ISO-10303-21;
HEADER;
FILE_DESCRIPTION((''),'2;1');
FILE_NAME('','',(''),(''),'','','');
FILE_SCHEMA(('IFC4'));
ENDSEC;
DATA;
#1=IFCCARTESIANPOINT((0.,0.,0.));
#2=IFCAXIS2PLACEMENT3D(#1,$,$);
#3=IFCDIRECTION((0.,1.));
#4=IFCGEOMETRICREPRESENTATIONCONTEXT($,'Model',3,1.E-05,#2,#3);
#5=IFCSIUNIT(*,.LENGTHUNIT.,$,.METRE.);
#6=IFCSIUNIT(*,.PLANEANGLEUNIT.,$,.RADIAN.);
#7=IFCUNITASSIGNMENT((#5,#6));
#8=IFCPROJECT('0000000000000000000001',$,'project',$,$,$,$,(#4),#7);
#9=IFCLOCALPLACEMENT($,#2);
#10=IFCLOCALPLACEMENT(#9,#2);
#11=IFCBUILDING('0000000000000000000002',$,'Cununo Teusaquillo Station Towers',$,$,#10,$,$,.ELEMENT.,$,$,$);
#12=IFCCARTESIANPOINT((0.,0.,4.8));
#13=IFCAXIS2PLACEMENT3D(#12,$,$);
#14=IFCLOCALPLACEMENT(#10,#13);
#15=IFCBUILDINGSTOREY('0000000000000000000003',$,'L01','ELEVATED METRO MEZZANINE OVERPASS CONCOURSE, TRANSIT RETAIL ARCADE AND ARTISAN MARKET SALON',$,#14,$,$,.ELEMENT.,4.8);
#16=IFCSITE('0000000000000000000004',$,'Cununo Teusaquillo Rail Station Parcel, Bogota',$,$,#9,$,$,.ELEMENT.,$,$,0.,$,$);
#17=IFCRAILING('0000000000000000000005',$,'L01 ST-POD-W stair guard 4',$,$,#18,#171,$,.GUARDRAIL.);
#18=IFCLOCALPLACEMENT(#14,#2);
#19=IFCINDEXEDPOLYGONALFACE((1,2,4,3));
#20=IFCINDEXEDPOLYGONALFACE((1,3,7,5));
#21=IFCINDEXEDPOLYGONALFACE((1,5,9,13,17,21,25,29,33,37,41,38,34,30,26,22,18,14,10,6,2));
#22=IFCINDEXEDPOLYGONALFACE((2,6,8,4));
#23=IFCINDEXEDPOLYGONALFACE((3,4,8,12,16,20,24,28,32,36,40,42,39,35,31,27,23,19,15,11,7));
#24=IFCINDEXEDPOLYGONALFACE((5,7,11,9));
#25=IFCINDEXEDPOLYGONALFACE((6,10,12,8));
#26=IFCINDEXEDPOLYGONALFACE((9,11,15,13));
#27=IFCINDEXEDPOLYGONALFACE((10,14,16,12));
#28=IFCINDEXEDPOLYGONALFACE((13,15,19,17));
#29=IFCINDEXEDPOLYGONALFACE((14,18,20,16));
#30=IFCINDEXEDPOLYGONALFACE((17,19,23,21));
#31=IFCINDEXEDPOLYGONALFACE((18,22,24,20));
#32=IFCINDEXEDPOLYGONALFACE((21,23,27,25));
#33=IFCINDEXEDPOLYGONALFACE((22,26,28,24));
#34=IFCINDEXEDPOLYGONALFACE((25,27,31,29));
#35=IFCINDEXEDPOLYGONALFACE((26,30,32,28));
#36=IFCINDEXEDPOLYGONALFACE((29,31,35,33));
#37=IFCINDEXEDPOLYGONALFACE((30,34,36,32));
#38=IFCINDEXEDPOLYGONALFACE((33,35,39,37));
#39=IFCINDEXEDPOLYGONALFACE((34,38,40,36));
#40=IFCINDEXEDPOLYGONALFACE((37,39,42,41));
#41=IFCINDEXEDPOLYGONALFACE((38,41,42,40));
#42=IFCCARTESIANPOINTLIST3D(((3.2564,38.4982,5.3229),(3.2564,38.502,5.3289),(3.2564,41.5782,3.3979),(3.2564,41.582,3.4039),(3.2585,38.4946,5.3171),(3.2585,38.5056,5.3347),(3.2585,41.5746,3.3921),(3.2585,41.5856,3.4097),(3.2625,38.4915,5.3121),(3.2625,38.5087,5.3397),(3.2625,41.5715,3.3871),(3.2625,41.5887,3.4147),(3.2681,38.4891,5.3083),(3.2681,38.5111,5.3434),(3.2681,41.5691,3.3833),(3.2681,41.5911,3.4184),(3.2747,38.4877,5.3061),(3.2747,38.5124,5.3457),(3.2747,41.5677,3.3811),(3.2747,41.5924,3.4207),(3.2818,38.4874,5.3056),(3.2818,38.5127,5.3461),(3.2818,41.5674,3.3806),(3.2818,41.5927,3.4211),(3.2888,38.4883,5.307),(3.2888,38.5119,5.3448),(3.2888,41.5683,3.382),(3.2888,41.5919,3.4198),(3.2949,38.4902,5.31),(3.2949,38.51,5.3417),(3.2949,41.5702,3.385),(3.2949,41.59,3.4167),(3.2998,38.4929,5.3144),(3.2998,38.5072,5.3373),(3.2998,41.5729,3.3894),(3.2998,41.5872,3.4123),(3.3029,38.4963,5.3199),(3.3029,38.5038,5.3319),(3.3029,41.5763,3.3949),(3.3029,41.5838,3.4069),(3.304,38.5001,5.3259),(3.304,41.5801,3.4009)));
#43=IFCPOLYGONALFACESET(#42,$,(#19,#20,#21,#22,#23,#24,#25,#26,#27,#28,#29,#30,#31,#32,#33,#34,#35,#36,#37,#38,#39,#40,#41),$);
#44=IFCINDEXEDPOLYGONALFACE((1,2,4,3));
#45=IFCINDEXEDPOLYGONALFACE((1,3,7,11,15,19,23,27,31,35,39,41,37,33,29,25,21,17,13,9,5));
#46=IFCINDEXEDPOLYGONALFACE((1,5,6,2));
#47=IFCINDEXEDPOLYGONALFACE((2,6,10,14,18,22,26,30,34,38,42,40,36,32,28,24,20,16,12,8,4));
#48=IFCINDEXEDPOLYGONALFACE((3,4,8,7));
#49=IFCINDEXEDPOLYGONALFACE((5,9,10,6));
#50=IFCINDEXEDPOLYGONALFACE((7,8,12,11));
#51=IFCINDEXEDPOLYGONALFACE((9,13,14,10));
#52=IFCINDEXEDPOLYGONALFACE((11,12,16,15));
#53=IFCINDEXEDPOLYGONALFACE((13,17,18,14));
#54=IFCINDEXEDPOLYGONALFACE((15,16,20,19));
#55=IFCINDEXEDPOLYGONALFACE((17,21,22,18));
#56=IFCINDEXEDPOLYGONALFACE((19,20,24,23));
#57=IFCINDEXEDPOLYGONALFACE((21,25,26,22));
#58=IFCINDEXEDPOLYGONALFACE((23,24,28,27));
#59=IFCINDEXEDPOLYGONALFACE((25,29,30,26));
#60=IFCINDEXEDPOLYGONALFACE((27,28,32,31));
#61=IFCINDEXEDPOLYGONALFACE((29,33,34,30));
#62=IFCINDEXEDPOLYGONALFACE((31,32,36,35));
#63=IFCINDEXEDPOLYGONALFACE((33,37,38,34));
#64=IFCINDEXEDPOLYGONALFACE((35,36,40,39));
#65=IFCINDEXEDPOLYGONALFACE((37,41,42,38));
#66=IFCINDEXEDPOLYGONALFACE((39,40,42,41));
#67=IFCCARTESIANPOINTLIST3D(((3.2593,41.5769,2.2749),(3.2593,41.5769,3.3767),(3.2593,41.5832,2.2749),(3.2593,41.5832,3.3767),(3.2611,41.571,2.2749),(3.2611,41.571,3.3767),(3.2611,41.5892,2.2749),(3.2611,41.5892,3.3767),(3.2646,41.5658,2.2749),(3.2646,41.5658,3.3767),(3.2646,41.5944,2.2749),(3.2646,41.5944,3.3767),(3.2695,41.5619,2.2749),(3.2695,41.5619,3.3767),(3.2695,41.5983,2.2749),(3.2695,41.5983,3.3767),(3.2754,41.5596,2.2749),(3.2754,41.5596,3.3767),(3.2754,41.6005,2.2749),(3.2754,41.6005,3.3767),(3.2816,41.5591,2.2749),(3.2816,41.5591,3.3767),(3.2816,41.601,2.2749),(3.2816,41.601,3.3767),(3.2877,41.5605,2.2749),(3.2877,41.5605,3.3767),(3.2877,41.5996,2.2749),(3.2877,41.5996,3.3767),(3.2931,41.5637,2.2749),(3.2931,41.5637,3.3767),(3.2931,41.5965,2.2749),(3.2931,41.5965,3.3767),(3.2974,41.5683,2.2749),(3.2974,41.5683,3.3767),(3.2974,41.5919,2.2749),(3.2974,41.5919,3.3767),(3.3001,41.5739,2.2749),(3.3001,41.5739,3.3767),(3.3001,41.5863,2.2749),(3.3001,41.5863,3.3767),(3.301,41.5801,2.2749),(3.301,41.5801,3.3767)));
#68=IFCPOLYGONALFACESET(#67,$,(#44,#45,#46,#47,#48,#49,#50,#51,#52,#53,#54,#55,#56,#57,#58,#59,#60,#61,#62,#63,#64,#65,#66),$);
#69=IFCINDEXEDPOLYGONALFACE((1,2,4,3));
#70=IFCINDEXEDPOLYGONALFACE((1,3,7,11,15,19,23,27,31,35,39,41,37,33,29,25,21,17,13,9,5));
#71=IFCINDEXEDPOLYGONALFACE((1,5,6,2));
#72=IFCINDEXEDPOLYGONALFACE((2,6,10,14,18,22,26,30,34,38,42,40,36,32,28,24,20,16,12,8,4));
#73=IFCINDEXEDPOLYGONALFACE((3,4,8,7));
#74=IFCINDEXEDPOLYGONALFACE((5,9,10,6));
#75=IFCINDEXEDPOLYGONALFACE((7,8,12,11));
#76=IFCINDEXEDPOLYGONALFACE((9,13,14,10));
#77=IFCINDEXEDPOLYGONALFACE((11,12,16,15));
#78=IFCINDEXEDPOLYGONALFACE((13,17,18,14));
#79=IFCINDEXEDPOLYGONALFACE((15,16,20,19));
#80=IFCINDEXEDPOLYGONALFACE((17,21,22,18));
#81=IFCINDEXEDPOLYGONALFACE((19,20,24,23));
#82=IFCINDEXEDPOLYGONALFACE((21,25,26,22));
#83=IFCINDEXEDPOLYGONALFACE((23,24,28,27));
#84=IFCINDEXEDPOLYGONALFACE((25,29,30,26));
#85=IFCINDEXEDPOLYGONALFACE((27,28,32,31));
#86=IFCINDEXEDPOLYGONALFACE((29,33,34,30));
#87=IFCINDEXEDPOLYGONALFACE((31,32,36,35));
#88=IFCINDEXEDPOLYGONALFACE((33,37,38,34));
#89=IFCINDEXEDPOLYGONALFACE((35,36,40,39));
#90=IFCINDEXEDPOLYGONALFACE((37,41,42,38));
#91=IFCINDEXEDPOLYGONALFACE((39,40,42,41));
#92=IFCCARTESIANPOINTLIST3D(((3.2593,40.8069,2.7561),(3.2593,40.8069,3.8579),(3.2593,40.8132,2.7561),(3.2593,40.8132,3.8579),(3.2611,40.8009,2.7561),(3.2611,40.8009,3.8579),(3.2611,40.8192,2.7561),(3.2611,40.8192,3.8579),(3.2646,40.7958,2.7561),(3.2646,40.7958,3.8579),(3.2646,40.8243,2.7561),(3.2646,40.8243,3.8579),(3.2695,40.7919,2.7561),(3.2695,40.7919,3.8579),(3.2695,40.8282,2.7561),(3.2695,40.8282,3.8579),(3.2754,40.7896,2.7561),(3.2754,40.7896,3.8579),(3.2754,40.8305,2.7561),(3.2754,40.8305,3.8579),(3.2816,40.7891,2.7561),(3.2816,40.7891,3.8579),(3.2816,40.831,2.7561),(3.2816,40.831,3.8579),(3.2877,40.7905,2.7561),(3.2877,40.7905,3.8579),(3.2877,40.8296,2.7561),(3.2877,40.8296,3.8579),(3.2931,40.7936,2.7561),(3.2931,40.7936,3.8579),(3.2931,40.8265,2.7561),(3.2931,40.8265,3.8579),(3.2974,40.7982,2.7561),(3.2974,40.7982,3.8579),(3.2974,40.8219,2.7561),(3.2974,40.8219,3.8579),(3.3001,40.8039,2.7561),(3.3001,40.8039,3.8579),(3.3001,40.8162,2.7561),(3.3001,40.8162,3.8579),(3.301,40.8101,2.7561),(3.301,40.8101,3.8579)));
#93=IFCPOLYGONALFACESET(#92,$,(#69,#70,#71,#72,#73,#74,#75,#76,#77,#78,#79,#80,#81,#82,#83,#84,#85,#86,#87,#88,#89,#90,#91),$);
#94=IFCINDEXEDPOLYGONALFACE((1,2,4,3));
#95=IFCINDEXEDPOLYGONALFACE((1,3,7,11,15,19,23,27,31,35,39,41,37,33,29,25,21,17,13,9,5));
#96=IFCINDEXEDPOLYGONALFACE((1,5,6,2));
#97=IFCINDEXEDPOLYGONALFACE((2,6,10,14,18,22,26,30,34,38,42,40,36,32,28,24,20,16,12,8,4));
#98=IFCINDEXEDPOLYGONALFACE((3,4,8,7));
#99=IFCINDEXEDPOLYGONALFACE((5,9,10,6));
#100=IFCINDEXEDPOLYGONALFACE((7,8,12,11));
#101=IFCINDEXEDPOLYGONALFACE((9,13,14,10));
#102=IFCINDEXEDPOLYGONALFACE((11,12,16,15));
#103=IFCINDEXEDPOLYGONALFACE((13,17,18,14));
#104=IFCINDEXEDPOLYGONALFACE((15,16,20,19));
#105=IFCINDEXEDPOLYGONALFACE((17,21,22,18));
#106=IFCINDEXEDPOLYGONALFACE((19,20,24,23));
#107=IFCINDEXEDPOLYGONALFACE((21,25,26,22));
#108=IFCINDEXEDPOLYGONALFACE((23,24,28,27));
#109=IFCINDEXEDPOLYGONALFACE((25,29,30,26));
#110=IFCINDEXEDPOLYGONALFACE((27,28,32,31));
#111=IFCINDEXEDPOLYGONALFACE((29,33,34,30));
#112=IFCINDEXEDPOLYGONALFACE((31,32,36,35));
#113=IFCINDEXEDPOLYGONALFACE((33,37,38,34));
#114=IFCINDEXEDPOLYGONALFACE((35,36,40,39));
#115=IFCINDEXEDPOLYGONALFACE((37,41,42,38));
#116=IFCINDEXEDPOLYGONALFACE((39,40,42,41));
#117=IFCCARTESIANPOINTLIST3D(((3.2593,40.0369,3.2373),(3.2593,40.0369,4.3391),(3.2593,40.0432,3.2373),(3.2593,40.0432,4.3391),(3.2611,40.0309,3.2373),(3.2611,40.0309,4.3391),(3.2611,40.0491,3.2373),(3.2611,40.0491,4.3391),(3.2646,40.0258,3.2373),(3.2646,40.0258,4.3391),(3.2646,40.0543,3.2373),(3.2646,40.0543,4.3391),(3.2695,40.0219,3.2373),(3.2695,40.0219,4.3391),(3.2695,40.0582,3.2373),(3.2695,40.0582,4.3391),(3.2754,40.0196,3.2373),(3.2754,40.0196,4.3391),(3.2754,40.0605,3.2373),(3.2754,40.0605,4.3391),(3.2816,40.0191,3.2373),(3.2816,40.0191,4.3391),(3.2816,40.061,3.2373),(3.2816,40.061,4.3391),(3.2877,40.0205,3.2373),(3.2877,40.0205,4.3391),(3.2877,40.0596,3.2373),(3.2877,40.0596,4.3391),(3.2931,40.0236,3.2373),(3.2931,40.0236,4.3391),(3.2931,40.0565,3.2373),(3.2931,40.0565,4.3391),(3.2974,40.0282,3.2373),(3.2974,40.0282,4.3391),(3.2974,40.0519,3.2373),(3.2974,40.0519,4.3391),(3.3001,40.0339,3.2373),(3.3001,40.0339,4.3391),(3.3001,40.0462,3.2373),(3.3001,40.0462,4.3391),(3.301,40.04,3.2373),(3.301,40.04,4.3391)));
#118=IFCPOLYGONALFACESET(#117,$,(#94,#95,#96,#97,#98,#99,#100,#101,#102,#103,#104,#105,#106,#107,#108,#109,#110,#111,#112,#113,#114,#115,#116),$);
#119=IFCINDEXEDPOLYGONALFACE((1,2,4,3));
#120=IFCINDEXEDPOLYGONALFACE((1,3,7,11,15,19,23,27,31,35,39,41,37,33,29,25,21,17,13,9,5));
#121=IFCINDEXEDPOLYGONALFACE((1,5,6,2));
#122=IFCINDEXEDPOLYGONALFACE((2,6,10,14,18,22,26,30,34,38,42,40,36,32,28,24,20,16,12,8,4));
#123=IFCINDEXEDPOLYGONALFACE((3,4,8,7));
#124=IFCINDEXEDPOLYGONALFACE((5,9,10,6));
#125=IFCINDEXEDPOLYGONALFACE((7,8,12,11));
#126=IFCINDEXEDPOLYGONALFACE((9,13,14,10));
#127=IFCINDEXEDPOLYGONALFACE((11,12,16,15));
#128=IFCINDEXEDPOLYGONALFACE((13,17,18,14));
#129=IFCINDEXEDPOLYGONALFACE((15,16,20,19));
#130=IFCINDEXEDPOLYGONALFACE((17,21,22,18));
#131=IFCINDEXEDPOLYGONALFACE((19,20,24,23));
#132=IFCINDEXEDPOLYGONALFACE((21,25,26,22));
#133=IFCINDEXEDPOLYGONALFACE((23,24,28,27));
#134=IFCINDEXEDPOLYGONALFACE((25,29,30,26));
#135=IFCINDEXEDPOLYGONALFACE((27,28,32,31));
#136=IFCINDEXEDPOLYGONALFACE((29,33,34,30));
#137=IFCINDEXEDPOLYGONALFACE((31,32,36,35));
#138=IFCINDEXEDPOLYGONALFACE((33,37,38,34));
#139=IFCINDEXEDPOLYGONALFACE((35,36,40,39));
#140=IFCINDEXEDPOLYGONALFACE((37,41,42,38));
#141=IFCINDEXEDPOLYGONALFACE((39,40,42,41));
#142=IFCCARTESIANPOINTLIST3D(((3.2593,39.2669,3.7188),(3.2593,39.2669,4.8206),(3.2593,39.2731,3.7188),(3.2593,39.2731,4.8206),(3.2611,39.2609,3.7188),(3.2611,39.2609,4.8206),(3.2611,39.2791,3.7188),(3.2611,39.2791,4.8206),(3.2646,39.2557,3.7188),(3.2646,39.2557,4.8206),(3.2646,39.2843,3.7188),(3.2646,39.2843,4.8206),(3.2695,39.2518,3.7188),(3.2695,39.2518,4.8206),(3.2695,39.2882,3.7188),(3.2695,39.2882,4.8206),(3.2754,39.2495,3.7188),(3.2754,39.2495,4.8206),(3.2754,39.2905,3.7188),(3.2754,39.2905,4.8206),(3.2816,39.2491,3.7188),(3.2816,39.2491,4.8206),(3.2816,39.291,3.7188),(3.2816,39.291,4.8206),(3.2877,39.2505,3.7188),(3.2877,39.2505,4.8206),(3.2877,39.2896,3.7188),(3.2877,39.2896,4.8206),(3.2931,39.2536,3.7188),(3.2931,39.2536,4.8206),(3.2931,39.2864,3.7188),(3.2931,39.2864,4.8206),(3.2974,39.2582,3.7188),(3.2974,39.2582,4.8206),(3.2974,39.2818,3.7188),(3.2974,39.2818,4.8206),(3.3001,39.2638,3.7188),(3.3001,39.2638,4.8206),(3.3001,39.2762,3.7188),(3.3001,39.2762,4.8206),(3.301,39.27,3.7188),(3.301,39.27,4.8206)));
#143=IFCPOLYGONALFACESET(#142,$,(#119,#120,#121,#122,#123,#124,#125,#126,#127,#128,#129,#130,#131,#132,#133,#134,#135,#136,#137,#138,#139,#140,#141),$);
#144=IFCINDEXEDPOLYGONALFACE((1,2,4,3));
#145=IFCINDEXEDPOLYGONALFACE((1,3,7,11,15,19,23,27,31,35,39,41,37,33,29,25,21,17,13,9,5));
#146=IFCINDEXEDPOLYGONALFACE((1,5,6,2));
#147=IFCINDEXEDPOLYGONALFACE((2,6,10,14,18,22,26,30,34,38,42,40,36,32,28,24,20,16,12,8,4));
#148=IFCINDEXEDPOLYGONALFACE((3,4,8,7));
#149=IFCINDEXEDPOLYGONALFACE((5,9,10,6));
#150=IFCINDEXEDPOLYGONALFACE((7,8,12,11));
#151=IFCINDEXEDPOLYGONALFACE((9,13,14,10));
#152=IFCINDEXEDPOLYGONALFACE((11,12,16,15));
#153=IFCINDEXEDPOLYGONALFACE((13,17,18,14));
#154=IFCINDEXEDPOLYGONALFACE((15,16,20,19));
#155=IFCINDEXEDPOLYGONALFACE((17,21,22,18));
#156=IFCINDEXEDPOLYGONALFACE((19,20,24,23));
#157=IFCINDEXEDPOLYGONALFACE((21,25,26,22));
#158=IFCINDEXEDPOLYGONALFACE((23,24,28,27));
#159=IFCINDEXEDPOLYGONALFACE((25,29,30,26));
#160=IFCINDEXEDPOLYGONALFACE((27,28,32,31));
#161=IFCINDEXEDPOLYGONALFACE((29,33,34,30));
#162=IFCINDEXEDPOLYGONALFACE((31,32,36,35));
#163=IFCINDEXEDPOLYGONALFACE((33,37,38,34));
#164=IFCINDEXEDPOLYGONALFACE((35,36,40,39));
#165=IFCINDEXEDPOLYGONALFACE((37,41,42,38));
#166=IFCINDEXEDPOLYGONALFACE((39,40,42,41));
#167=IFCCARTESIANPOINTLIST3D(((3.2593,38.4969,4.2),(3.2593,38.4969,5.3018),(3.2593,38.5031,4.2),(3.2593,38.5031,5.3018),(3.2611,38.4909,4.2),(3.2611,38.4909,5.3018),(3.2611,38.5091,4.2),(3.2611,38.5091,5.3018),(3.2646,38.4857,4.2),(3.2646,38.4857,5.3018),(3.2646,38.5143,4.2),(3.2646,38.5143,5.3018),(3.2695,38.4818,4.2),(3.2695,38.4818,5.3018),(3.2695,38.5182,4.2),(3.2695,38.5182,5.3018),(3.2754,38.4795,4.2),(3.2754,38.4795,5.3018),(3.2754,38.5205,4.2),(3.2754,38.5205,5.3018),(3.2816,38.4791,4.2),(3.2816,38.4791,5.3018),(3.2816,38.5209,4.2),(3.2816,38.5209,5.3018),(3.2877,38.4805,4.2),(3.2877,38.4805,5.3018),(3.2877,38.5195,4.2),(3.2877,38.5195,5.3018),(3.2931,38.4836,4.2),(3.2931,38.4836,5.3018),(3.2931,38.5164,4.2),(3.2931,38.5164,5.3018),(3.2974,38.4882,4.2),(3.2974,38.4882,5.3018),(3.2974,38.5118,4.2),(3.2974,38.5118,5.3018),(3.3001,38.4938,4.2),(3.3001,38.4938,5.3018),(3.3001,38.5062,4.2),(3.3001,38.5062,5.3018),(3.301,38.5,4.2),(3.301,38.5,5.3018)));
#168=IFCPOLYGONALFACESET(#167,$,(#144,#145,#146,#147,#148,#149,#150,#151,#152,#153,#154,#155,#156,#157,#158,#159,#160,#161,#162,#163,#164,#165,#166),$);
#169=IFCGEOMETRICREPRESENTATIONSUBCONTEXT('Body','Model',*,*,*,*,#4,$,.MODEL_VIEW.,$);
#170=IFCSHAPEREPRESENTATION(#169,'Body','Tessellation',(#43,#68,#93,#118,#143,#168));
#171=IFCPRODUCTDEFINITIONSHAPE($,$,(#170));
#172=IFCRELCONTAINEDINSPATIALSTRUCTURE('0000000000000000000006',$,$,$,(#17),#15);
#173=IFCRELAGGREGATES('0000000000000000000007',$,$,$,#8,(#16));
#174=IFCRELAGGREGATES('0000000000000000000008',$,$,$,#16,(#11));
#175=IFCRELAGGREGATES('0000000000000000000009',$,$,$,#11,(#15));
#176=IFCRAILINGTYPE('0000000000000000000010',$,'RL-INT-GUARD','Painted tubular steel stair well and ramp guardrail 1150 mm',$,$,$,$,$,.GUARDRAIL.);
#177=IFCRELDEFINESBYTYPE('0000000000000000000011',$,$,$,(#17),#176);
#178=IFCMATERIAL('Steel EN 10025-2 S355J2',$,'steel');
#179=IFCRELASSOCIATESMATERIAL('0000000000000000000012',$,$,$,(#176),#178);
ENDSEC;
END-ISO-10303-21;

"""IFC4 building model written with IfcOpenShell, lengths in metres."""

from ifc_helpers import new_model, si_unit, direction, frame, origin, origin_2d, place, context, subcontext, project, spatial, circle, extrude, material, type_object, element, save


model = new_model("IFC4")

# Units and contexts
model_context = context("Model", 3, precision=1e-05, world=origin(), true_north=direction((0.0, 1.0)))
body_context = subcontext(model_context, "Body", "Model", "MODEL_VIEW")
ifc_project = project(units=[si_unit("LENGTHUNIT", "METRE"), si_unit("PLANEANGLEUNIT", "RADIAN")], contexts=[model_context])

# Site, building, storey
site_placement = place(None, origin())
site = spatial("IfcSite", under=ifc_project, at=site_placement, Name="Cununo Teusaquillo Rail Station Parcel, Bogota", CompositionType="ELEMENT", RefElevation=0.0)
building_placement = place(site_placement, origin())
building = spatial("IfcBuilding", under=site, at=building_placement, Name="Cununo Teusaquillo Station Towers", CompositionType="ELEMENT")
storey_placement = place(building_placement, frame((0.0, 0.0, 4.8)))
storey = spatial("IfcBuildingStorey", under=building, at=storey_placement, Name="L01", Description="ELEVATED METRO MEZZANINE OVERPASS CONCOURSE, TRANSIT RETAIL ARCADE AND ARTISAN MARKET SALON", CompositionType="ELEMENT", Elevation=4.8)

# Railing
ifc_material_1 = material(Name="Steel EN 10025-2 S355J2", Category="steel")
railing_type_1 = type_object("IfcRailingType", Name="RL-INT-GUARD", Description="Painted tubular steel stair well and ramp guardrail 1150 mm", PredefinedType="GUARDRAIL", material=ifc_material_1)
railing_1_placement = place(storey_placement, frame((3.28, 41.5801, 2.2749)))
element("IfcRailing", 1, at=railing_1_placement, inside=storey, type_object=railing_type_1, Name="L01 ST-POD-W stair guard 4", PredefinedType="GUARDRAIL", context=body_context, shape_type="SweptSolid", body=[
    extrude(circle(Radius=0.0239, at=origin_2d()), frame((0.0, 0.0, 1.126), z_axis=(0.0, -0.847998, 0.529999), x_axis=(1.0, 0.0, 0.0)), (0.0, 0.0, 1.0), 3.6321),
    extrude(circle(Radius=0.021, at=origin_2d()), origin(), (0.0, 0.0, 1.0), 1.1018),
    extrude(circle(Radius=0.021, at=origin_2d()), frame((0.0, -0.77, 0.4812)), (0.0, 0.0, 1.0), 1.1018),
    extrude(circle(Radius=0.021, at=origin_2d()), frame((0.0, -1.54, 0.9624)), (0.0, 0.0, 1.0), 1.1018),
    extrude(circle(Radius=0.021, at=origin_2d()), frame((0.0, -2.3101, 1.4438)), (0.0, 0.0, 1.0), 1.1018),
    extrude(circle(Radius=0.021, at=origin_2d()), frame((0.0, -3.0801, 1.925)), (0.0, 0.0, 1.0), 1.1018),
])

save(model, "model.ifc")
